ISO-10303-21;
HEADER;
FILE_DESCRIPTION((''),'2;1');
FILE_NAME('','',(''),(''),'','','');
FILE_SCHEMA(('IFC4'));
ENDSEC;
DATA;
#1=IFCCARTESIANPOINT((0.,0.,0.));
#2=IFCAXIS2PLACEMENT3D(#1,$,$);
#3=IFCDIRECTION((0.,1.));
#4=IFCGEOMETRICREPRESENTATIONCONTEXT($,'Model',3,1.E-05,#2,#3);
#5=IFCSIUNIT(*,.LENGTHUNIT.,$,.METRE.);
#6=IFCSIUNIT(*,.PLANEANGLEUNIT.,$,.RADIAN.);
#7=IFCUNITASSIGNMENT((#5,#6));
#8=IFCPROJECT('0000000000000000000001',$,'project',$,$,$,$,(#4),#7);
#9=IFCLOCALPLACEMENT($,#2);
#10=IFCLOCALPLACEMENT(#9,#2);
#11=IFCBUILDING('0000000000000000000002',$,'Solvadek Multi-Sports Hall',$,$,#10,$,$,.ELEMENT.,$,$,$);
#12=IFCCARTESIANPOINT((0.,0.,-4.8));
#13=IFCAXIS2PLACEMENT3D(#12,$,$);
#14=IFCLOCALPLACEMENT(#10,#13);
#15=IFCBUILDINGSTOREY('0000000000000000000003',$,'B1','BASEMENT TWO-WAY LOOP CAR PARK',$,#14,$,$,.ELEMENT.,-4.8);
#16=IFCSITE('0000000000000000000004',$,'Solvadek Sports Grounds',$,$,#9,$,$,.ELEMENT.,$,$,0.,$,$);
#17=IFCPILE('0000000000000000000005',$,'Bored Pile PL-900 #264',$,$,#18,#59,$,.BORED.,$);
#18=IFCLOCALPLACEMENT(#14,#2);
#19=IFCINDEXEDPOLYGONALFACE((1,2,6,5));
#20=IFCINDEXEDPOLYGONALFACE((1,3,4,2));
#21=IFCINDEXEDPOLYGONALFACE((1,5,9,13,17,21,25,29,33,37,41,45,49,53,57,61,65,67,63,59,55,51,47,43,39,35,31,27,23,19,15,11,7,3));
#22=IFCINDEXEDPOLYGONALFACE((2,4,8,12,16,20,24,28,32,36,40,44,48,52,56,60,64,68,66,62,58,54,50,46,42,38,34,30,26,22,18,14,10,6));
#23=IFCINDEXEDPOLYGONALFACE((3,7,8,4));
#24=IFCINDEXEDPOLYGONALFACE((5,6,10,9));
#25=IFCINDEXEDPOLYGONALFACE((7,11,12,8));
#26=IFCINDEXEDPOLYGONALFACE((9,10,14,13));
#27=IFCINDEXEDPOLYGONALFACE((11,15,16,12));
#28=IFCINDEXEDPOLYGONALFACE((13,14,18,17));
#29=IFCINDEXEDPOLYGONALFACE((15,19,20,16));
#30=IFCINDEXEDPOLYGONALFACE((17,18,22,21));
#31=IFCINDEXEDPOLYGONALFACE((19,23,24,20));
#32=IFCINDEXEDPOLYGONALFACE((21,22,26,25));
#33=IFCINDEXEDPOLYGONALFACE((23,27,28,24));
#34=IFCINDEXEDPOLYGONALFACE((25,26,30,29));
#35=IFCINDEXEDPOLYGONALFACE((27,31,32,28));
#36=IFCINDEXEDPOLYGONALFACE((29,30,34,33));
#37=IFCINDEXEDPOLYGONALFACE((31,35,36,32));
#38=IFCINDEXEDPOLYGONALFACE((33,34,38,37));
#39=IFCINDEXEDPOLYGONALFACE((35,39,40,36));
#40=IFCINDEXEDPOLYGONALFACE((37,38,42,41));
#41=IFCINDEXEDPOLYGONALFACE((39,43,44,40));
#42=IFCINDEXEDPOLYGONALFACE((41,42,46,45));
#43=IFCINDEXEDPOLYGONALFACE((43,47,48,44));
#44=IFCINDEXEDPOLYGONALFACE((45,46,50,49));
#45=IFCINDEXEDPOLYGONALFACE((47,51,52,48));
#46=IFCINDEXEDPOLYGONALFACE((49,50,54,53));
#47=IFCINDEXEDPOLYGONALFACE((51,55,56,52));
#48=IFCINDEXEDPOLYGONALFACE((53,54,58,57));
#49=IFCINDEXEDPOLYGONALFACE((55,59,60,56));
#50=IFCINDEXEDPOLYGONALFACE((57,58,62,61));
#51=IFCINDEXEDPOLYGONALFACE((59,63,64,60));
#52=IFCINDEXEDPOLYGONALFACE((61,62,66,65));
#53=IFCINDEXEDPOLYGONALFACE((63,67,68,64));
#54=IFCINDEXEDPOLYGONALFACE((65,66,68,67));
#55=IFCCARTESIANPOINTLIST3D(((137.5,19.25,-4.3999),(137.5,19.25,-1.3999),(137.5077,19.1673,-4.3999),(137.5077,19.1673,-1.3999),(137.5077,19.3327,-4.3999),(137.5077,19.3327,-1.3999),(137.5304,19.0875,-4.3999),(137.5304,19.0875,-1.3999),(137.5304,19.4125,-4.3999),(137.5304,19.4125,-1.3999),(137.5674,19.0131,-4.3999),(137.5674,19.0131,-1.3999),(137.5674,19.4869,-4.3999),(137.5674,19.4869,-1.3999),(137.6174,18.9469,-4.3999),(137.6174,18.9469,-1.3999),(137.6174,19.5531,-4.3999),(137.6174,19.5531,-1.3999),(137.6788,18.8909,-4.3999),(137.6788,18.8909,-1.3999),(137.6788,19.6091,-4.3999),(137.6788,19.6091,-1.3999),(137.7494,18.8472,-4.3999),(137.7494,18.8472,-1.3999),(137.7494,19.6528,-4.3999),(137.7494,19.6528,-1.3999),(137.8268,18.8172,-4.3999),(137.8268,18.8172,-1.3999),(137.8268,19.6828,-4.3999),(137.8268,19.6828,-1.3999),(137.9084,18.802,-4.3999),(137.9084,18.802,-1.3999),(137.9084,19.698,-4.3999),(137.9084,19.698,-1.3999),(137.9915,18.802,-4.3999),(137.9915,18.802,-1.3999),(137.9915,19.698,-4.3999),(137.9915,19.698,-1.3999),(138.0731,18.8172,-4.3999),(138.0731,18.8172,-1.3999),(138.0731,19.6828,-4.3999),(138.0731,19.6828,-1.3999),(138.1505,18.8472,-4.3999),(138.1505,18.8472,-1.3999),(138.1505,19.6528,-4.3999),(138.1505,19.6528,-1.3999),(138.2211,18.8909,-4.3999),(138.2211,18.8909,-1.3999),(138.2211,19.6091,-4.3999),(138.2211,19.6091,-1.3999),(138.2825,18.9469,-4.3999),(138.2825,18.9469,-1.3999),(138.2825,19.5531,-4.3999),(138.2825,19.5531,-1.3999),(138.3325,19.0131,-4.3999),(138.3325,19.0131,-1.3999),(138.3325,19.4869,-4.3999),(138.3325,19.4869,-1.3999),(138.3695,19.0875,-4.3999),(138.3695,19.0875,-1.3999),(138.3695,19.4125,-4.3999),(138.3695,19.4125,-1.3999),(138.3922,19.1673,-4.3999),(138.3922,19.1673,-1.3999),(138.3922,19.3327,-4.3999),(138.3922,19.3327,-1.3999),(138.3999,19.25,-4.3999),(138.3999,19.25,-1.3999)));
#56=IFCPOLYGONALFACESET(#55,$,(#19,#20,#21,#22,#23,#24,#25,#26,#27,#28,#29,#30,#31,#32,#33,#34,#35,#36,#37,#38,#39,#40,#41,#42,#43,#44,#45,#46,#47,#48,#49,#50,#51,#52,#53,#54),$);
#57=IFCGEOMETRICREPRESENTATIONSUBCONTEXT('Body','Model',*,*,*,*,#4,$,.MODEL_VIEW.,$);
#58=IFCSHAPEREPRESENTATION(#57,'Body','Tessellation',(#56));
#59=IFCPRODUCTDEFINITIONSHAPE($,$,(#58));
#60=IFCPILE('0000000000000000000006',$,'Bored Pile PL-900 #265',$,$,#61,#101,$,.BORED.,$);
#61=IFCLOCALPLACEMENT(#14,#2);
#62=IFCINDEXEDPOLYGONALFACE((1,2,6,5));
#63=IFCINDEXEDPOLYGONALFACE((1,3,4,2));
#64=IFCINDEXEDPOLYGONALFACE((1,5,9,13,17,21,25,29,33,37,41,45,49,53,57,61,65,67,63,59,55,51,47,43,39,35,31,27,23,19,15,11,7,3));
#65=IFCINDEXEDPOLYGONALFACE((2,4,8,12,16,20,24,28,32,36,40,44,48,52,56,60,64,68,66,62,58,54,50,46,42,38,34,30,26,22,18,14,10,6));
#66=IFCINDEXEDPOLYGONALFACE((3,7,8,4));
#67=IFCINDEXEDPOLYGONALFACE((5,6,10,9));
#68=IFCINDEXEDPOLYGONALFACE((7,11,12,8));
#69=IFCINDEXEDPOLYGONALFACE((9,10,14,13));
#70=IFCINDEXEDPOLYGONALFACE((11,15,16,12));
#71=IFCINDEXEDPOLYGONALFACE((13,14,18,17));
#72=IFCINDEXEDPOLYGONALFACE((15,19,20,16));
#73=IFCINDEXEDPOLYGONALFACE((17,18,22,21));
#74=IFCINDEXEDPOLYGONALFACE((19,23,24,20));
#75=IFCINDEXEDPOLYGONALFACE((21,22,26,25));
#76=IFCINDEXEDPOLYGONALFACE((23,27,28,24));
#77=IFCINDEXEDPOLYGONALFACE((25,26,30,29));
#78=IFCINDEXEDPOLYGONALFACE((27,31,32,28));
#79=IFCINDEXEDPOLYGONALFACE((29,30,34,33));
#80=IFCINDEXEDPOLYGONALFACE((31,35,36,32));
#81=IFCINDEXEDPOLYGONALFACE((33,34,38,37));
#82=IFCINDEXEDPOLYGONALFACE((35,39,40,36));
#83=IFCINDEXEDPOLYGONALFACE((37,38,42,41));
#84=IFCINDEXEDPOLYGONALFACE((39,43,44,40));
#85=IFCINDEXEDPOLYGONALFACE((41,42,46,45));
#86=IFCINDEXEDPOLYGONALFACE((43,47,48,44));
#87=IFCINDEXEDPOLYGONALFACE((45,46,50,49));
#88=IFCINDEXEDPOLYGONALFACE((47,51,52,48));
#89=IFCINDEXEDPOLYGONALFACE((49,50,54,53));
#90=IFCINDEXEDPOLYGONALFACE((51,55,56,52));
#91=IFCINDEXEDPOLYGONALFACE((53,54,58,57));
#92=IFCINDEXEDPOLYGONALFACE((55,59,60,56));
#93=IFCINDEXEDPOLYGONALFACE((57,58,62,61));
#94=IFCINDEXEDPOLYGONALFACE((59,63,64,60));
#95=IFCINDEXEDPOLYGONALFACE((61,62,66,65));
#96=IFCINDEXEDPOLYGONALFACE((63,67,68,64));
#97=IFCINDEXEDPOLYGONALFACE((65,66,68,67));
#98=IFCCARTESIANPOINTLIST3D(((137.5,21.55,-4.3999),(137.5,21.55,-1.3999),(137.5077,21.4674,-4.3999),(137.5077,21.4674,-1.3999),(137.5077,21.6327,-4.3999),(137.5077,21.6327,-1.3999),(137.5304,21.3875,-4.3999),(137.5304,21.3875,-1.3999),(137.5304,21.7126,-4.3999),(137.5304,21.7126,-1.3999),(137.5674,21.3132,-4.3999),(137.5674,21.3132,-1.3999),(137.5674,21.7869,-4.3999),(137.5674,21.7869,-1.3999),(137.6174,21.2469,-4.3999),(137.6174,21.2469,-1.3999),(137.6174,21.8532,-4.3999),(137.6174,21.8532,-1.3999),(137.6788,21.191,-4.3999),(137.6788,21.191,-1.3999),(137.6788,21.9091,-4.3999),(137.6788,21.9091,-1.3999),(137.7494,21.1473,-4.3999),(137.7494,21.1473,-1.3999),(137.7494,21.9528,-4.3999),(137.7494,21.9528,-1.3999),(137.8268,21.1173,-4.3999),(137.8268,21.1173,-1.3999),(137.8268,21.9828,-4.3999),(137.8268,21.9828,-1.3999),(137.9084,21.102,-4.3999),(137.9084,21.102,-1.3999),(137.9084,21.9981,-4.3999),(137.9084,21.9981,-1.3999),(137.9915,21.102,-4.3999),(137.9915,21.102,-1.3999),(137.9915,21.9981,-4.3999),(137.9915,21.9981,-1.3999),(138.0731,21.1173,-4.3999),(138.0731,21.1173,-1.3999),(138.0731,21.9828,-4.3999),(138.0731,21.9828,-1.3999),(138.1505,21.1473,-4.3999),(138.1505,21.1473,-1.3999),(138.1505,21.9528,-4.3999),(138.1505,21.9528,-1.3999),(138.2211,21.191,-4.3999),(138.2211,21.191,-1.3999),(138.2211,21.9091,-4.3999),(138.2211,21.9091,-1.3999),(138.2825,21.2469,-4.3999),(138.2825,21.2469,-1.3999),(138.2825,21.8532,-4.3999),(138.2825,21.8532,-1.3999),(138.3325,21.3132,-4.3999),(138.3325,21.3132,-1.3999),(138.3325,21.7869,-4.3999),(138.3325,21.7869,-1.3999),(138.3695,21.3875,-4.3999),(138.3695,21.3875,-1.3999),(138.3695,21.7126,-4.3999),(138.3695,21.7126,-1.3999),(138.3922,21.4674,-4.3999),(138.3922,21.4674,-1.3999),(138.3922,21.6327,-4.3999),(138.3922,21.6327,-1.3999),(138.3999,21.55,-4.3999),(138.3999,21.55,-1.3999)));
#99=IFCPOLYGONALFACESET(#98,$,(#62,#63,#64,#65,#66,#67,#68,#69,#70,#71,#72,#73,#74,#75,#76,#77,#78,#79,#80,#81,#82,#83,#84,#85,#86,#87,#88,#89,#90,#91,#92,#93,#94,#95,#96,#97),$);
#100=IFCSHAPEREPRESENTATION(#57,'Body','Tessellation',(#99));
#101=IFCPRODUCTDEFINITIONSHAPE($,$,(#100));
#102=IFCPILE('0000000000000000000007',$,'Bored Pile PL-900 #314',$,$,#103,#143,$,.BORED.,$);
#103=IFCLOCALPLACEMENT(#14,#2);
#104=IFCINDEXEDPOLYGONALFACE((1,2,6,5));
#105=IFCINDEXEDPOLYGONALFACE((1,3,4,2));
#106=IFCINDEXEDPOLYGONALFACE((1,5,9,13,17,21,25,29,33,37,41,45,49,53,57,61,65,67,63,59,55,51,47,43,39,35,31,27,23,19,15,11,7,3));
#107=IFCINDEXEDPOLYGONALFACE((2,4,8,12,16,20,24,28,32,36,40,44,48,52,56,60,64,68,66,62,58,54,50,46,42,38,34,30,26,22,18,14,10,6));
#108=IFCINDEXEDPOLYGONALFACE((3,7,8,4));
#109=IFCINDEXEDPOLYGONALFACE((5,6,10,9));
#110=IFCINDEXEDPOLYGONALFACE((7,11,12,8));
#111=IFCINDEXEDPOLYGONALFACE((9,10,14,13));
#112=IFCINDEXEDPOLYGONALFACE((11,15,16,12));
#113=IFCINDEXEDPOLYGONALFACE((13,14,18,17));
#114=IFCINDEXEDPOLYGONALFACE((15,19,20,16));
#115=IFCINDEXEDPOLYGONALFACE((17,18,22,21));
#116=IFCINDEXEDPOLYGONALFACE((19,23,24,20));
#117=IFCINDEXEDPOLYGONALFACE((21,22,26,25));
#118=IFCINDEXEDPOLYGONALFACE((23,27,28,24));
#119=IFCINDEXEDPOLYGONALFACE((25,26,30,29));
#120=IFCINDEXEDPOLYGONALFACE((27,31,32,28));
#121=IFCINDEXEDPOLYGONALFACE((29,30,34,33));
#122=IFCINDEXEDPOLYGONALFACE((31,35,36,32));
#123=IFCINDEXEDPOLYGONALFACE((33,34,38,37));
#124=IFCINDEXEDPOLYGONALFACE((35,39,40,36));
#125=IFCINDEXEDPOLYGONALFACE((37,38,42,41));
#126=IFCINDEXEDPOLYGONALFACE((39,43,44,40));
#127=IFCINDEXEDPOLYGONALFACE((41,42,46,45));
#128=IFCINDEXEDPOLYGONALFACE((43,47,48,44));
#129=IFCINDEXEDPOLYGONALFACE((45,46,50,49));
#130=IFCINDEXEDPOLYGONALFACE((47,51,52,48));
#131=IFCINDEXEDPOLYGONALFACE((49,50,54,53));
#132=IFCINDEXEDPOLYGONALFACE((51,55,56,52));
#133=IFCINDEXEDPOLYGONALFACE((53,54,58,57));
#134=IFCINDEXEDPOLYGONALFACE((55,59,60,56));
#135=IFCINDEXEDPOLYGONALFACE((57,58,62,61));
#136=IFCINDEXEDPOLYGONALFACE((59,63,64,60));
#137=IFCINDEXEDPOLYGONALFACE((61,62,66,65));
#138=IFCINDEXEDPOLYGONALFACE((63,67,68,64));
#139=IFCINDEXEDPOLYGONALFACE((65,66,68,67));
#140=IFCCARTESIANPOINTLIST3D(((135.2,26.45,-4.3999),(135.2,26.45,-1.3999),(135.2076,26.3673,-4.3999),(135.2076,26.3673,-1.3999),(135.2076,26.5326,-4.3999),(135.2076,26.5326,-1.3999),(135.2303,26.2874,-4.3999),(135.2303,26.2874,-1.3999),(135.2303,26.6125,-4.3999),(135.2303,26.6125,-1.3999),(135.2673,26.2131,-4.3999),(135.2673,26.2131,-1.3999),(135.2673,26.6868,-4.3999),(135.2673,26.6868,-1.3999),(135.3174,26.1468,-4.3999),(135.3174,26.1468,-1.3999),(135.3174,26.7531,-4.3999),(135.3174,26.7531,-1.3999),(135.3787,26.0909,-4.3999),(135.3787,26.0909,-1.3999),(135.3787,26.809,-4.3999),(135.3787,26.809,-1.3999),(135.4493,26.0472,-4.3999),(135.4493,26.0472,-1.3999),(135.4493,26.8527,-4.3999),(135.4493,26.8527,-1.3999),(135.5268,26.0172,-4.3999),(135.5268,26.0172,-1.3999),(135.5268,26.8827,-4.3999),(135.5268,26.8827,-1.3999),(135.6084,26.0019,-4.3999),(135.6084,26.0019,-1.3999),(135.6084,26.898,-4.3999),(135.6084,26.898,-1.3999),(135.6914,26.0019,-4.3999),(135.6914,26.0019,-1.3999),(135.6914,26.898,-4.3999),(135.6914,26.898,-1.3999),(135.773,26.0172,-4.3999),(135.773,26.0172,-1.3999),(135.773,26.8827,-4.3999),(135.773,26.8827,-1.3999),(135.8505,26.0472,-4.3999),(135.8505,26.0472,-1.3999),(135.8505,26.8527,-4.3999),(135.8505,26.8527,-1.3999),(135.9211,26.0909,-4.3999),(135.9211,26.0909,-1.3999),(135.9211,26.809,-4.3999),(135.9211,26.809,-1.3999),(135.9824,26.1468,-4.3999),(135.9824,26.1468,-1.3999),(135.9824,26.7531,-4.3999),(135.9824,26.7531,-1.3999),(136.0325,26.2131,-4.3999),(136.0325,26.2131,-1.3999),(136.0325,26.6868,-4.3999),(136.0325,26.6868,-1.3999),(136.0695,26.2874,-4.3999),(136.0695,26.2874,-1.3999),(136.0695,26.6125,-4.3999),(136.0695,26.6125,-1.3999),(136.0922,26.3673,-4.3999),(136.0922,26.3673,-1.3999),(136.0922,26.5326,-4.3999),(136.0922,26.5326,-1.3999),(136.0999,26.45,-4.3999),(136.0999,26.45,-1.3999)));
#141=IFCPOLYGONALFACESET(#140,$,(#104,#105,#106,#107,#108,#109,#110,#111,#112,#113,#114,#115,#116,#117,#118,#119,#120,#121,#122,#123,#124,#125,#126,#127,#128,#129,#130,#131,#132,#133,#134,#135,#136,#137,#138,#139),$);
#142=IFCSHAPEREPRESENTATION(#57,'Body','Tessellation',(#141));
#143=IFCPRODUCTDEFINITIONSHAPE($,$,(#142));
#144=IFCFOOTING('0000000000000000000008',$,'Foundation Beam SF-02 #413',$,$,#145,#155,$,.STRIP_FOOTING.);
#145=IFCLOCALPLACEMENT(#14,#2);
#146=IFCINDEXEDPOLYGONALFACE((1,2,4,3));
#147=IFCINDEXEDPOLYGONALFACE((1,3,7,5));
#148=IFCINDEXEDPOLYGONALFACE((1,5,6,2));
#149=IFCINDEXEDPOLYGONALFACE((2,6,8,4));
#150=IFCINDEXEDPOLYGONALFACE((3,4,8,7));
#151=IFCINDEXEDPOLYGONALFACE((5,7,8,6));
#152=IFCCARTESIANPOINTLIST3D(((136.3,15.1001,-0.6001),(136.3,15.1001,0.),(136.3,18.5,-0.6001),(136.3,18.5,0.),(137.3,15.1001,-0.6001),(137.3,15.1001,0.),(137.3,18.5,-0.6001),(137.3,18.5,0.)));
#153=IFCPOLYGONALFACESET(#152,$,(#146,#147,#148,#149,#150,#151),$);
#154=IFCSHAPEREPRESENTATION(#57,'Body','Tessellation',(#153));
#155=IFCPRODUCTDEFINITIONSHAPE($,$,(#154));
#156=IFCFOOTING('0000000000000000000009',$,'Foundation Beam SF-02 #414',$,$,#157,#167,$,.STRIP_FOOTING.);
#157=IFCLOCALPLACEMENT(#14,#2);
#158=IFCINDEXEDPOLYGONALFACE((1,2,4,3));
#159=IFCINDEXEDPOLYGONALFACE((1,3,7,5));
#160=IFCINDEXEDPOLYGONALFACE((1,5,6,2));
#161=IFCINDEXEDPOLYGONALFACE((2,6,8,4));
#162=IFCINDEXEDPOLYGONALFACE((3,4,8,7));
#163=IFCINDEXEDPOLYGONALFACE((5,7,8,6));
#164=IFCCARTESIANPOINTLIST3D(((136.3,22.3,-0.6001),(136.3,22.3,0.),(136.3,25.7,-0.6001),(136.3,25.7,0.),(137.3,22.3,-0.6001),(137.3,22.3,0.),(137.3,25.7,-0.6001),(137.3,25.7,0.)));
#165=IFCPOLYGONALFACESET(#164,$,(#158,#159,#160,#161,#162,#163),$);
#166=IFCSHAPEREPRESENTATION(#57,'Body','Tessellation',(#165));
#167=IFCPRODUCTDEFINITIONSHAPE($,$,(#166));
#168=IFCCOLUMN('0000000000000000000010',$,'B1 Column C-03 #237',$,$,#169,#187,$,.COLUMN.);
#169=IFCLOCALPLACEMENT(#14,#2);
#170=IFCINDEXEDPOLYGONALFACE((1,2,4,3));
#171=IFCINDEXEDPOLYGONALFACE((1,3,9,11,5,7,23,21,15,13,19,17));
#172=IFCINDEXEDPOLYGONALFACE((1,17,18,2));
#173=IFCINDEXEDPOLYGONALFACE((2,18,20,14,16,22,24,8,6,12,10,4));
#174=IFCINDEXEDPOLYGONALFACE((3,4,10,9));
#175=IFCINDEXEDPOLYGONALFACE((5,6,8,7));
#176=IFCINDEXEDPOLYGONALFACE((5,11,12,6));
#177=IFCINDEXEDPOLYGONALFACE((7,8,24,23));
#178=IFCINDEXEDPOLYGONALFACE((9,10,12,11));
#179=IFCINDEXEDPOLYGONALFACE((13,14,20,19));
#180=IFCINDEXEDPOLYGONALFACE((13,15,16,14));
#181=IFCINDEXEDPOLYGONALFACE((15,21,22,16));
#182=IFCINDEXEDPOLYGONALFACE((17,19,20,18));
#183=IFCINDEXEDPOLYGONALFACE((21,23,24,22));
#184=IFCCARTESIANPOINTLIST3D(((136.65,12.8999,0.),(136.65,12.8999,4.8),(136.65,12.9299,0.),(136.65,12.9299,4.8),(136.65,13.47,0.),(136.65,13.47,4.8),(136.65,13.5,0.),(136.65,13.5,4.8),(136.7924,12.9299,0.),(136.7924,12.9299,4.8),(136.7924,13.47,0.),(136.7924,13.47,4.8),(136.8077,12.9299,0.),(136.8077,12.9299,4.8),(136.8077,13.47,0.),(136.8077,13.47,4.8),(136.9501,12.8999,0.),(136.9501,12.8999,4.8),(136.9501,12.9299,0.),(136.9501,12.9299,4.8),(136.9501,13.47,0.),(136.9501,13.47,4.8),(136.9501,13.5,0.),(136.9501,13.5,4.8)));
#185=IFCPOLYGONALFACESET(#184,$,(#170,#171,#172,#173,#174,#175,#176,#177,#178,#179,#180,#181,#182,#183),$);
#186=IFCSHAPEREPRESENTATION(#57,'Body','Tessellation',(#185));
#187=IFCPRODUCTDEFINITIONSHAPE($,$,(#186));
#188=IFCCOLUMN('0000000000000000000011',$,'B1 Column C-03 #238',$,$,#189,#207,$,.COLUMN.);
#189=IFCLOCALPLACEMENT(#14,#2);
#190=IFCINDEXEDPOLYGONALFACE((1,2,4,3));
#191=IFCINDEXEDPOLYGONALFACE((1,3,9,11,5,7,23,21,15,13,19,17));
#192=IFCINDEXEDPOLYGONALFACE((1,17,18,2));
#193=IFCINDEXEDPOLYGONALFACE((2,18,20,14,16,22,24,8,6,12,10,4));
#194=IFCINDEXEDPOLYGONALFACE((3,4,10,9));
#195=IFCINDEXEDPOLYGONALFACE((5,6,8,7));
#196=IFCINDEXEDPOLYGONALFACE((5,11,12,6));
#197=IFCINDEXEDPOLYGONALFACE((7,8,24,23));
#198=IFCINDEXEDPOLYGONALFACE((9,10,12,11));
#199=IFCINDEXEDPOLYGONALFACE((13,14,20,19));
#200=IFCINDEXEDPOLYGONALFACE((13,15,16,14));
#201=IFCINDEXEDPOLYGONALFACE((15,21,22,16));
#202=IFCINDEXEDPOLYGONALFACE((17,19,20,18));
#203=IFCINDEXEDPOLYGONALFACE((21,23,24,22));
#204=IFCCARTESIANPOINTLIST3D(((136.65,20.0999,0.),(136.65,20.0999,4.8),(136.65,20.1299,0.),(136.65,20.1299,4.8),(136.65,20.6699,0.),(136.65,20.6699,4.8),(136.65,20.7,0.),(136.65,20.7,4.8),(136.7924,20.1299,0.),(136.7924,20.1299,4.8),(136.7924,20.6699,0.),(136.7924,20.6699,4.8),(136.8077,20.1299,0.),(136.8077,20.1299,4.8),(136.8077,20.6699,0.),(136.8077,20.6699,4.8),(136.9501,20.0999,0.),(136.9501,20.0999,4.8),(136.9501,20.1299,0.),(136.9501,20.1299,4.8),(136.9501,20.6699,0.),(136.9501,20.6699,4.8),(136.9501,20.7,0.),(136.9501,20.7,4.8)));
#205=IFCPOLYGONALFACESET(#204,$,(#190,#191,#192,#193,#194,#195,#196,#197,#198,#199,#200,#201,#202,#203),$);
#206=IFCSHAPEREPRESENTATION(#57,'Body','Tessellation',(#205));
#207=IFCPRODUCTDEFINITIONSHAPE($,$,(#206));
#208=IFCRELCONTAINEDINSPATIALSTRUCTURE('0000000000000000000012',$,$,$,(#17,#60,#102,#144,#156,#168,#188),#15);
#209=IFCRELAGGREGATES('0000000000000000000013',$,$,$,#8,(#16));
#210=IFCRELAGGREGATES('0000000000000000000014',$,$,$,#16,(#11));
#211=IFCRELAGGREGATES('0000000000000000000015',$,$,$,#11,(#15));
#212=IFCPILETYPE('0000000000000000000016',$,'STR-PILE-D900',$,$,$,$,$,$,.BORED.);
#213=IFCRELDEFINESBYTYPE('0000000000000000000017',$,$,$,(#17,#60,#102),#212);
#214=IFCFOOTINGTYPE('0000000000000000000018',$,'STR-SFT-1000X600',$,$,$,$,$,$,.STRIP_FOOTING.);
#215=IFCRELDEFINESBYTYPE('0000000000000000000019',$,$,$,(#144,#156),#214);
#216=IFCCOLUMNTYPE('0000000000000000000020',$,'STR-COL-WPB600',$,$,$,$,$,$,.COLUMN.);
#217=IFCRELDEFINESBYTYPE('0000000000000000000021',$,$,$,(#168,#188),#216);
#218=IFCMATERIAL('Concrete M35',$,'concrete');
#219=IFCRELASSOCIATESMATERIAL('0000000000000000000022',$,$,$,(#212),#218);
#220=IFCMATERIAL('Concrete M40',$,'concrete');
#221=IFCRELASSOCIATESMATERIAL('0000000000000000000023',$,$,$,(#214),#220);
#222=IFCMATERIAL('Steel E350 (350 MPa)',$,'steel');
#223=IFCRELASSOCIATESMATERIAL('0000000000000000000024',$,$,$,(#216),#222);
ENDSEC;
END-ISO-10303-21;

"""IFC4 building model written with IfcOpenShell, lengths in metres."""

from ifc_helpers import new_model, si_unit, direction, frame, origin, origin_2d, place, context, subcontext, project, spatial, rectangle, circle, i_section, extrude, material, material_profile, profile_set, type_object, element, save


model = new_model("IFC4")

# Units and contexts
model_context = context("Model", 3, precision=1e-05, world=origin(), true_north=direction((0.0, 1.0)))
body_context = subcontext(model_context, "Body", "Model", "MODEL_VIEW")
ifc_project = project(units=[si_unit("LENGTHUNIT", "METRE"), si_unit("PLANEANGLEUNIT", "RADIAN")], contexts=[model_context])

# Site, building, storey
site_placement = place(None, origin())
site = spatial("IfcSite", under=ifc_project, at=site_placement, Name="Solvadek Sports Grounds", CompositionType="ELEMENT", RefElevation=0.0)
building_placement = place(site_placement, origin())
building = spatial("IfcBuilding", under=site, at=building_placement, Name="Solvadek Multi-Sports Hall", CompositionType="ELEMENT")
storey_placement = place(building_placement, frame((0.0, 0.0, -4.8)))
storey = spatial("IfcBuildingStorey", under=building, at=storey_placement, Name="B1", Description="BASEMENT TWO-WAY LOOP CAR PARK", CompositionType="ELEMENT", Elevation=-4.8)

# Shared definitions
ifc_material_1 = material(Name="Concrete M40", Category="concrete")

# Piles
ifc_material_2 = material(Name="Concrete M35", Category="concrete")
ifc_material_profile_1 = material_profile(ifc_material_2, circle(Radius=0.45, at=origin_2d()), Name="BORED PILE D900")
ifc_profile_set_1 = profile_set([ifc_material_profile_1], Name="Concrete M35")
pile_type_1 = type_object("IfcPileType", Name="STR-PILE-D900", PredefinedType="BORED", material=ifc_profile_set_1)
for number, where, z_axis, x_axis, name in (
    (1, (137.95, 19.25, -1.3999), (0.0, 0.0, -1.0), (1.0, 0.0, 0.0), "Bored Pile PL-900 #264"),
    (2, (137.95, 21.55, -1.3999), (0.0, 0.0, -1.0), (1.0, 0.0, 0.0), "Bored Pile PL-900 #265"),
    (3, (135.6499, 26.45, -1.3999), (0.0, 0.0, -1.0), (1.0, 0.0, 0.0), "Bored Pile PL-900 #314"),
):
    element("IfcPile", number, at=place(storey_placement, frame(where, z_axis=z_axis, x_axis=x_axis)), inside=storey, type_object=pile_type_1, Name=name, PredefinedType="BORED", context=body_context, shape_type="SweptSolid", body=[
        extrude(circle(Radius=0.45, at=origin_2d()), origin(), (0.0, 0.0, 1.0), 3.0),
    ])

# Footings
footing_type_1 = type_object("IfcFootingType", Name="STR-SFT-1000X600", PredefinedType="STRIP_FOOTING", material=ifc_material_1)
for number, where, z_axis, x_axis, name in (
    (4, (136.8, 16.8, -0.6001), (0.0, 0.0, 1.0), (0.0, 1.0, 0.0), "Foundation Beam SF-02 #413"),
    (5, (136.8, 24.0, -0.6001), (0.0, 0.0, 1.0), (0.0, 1.0, 0.0), "Foundation Beam SF-02 #414"),
):
    element("IfcFooting", number, at=place(storey_placement, frame(where, z_axis=z_axis, x_axis=x_axis)), inside=storey, type_object=footing_type_1, Name=name, PredefinedType="STRIP_FOOTING", context=body_context, shape_type="SweptSolid", body=[
        extrude(rectangle(XDim=3.3999, YDim=1.0, at=origin_2d()), origin(), (0.0, 0.0, 1.0), 0.6001),
    ])

# Columns
ifc_material_3 = material(Name="Steel E350 (350 MPa)", Category="steel")
ifc_material_profile_2 = material_profile(ifc_material_3, i_section(OverallWidth=0.3, OverallDepth=0.6001, WebThickness=0.0154, FlangeThickness=0.03, at=origin_2d()), Name="WPB 600")
ifc_profile_set_2 = profile_set([ifc_material_profile_2], Name="Steel E350 (350 MPa)")
column_type = type_object("IfcColumnType", Name="STR-COL-WPB600", PredefinedType="COLUMN", material=ifc_profile_set_2)
for number, where, z_axis, x_axis, name in (
    (6, (136.8, 13.2, 0.0), (0.0, 0.0, 1.0), (1.0, 0.0, 0.0), "B1 Column C-03 #237"),
    (7, (136.8, 20.3999, 0.0), (0.0, 0.0, 1.0), (1.0, 0.0, 0.0), "B1 Column C-03 #238"),
):
    element("IfcColumn", number, at=place(storey_placement, frame(where, z_axis=z_axis, x_axis=x_axis)), inside=storey, type_object=column_type, Name=name, PredefinedType="COLUMN", context=body_context, shape_type="SweptSolid", body=[
        extrude(i_section(OverallWidth=0.3, OverallDepth=0.6001, WebThickness=0.0154, FlangeThickness=0.03, at=origin_2d()), origin(), (0.0, 0.0, 1.0), 4.8),
    ])

save(model, "model.ifc")
